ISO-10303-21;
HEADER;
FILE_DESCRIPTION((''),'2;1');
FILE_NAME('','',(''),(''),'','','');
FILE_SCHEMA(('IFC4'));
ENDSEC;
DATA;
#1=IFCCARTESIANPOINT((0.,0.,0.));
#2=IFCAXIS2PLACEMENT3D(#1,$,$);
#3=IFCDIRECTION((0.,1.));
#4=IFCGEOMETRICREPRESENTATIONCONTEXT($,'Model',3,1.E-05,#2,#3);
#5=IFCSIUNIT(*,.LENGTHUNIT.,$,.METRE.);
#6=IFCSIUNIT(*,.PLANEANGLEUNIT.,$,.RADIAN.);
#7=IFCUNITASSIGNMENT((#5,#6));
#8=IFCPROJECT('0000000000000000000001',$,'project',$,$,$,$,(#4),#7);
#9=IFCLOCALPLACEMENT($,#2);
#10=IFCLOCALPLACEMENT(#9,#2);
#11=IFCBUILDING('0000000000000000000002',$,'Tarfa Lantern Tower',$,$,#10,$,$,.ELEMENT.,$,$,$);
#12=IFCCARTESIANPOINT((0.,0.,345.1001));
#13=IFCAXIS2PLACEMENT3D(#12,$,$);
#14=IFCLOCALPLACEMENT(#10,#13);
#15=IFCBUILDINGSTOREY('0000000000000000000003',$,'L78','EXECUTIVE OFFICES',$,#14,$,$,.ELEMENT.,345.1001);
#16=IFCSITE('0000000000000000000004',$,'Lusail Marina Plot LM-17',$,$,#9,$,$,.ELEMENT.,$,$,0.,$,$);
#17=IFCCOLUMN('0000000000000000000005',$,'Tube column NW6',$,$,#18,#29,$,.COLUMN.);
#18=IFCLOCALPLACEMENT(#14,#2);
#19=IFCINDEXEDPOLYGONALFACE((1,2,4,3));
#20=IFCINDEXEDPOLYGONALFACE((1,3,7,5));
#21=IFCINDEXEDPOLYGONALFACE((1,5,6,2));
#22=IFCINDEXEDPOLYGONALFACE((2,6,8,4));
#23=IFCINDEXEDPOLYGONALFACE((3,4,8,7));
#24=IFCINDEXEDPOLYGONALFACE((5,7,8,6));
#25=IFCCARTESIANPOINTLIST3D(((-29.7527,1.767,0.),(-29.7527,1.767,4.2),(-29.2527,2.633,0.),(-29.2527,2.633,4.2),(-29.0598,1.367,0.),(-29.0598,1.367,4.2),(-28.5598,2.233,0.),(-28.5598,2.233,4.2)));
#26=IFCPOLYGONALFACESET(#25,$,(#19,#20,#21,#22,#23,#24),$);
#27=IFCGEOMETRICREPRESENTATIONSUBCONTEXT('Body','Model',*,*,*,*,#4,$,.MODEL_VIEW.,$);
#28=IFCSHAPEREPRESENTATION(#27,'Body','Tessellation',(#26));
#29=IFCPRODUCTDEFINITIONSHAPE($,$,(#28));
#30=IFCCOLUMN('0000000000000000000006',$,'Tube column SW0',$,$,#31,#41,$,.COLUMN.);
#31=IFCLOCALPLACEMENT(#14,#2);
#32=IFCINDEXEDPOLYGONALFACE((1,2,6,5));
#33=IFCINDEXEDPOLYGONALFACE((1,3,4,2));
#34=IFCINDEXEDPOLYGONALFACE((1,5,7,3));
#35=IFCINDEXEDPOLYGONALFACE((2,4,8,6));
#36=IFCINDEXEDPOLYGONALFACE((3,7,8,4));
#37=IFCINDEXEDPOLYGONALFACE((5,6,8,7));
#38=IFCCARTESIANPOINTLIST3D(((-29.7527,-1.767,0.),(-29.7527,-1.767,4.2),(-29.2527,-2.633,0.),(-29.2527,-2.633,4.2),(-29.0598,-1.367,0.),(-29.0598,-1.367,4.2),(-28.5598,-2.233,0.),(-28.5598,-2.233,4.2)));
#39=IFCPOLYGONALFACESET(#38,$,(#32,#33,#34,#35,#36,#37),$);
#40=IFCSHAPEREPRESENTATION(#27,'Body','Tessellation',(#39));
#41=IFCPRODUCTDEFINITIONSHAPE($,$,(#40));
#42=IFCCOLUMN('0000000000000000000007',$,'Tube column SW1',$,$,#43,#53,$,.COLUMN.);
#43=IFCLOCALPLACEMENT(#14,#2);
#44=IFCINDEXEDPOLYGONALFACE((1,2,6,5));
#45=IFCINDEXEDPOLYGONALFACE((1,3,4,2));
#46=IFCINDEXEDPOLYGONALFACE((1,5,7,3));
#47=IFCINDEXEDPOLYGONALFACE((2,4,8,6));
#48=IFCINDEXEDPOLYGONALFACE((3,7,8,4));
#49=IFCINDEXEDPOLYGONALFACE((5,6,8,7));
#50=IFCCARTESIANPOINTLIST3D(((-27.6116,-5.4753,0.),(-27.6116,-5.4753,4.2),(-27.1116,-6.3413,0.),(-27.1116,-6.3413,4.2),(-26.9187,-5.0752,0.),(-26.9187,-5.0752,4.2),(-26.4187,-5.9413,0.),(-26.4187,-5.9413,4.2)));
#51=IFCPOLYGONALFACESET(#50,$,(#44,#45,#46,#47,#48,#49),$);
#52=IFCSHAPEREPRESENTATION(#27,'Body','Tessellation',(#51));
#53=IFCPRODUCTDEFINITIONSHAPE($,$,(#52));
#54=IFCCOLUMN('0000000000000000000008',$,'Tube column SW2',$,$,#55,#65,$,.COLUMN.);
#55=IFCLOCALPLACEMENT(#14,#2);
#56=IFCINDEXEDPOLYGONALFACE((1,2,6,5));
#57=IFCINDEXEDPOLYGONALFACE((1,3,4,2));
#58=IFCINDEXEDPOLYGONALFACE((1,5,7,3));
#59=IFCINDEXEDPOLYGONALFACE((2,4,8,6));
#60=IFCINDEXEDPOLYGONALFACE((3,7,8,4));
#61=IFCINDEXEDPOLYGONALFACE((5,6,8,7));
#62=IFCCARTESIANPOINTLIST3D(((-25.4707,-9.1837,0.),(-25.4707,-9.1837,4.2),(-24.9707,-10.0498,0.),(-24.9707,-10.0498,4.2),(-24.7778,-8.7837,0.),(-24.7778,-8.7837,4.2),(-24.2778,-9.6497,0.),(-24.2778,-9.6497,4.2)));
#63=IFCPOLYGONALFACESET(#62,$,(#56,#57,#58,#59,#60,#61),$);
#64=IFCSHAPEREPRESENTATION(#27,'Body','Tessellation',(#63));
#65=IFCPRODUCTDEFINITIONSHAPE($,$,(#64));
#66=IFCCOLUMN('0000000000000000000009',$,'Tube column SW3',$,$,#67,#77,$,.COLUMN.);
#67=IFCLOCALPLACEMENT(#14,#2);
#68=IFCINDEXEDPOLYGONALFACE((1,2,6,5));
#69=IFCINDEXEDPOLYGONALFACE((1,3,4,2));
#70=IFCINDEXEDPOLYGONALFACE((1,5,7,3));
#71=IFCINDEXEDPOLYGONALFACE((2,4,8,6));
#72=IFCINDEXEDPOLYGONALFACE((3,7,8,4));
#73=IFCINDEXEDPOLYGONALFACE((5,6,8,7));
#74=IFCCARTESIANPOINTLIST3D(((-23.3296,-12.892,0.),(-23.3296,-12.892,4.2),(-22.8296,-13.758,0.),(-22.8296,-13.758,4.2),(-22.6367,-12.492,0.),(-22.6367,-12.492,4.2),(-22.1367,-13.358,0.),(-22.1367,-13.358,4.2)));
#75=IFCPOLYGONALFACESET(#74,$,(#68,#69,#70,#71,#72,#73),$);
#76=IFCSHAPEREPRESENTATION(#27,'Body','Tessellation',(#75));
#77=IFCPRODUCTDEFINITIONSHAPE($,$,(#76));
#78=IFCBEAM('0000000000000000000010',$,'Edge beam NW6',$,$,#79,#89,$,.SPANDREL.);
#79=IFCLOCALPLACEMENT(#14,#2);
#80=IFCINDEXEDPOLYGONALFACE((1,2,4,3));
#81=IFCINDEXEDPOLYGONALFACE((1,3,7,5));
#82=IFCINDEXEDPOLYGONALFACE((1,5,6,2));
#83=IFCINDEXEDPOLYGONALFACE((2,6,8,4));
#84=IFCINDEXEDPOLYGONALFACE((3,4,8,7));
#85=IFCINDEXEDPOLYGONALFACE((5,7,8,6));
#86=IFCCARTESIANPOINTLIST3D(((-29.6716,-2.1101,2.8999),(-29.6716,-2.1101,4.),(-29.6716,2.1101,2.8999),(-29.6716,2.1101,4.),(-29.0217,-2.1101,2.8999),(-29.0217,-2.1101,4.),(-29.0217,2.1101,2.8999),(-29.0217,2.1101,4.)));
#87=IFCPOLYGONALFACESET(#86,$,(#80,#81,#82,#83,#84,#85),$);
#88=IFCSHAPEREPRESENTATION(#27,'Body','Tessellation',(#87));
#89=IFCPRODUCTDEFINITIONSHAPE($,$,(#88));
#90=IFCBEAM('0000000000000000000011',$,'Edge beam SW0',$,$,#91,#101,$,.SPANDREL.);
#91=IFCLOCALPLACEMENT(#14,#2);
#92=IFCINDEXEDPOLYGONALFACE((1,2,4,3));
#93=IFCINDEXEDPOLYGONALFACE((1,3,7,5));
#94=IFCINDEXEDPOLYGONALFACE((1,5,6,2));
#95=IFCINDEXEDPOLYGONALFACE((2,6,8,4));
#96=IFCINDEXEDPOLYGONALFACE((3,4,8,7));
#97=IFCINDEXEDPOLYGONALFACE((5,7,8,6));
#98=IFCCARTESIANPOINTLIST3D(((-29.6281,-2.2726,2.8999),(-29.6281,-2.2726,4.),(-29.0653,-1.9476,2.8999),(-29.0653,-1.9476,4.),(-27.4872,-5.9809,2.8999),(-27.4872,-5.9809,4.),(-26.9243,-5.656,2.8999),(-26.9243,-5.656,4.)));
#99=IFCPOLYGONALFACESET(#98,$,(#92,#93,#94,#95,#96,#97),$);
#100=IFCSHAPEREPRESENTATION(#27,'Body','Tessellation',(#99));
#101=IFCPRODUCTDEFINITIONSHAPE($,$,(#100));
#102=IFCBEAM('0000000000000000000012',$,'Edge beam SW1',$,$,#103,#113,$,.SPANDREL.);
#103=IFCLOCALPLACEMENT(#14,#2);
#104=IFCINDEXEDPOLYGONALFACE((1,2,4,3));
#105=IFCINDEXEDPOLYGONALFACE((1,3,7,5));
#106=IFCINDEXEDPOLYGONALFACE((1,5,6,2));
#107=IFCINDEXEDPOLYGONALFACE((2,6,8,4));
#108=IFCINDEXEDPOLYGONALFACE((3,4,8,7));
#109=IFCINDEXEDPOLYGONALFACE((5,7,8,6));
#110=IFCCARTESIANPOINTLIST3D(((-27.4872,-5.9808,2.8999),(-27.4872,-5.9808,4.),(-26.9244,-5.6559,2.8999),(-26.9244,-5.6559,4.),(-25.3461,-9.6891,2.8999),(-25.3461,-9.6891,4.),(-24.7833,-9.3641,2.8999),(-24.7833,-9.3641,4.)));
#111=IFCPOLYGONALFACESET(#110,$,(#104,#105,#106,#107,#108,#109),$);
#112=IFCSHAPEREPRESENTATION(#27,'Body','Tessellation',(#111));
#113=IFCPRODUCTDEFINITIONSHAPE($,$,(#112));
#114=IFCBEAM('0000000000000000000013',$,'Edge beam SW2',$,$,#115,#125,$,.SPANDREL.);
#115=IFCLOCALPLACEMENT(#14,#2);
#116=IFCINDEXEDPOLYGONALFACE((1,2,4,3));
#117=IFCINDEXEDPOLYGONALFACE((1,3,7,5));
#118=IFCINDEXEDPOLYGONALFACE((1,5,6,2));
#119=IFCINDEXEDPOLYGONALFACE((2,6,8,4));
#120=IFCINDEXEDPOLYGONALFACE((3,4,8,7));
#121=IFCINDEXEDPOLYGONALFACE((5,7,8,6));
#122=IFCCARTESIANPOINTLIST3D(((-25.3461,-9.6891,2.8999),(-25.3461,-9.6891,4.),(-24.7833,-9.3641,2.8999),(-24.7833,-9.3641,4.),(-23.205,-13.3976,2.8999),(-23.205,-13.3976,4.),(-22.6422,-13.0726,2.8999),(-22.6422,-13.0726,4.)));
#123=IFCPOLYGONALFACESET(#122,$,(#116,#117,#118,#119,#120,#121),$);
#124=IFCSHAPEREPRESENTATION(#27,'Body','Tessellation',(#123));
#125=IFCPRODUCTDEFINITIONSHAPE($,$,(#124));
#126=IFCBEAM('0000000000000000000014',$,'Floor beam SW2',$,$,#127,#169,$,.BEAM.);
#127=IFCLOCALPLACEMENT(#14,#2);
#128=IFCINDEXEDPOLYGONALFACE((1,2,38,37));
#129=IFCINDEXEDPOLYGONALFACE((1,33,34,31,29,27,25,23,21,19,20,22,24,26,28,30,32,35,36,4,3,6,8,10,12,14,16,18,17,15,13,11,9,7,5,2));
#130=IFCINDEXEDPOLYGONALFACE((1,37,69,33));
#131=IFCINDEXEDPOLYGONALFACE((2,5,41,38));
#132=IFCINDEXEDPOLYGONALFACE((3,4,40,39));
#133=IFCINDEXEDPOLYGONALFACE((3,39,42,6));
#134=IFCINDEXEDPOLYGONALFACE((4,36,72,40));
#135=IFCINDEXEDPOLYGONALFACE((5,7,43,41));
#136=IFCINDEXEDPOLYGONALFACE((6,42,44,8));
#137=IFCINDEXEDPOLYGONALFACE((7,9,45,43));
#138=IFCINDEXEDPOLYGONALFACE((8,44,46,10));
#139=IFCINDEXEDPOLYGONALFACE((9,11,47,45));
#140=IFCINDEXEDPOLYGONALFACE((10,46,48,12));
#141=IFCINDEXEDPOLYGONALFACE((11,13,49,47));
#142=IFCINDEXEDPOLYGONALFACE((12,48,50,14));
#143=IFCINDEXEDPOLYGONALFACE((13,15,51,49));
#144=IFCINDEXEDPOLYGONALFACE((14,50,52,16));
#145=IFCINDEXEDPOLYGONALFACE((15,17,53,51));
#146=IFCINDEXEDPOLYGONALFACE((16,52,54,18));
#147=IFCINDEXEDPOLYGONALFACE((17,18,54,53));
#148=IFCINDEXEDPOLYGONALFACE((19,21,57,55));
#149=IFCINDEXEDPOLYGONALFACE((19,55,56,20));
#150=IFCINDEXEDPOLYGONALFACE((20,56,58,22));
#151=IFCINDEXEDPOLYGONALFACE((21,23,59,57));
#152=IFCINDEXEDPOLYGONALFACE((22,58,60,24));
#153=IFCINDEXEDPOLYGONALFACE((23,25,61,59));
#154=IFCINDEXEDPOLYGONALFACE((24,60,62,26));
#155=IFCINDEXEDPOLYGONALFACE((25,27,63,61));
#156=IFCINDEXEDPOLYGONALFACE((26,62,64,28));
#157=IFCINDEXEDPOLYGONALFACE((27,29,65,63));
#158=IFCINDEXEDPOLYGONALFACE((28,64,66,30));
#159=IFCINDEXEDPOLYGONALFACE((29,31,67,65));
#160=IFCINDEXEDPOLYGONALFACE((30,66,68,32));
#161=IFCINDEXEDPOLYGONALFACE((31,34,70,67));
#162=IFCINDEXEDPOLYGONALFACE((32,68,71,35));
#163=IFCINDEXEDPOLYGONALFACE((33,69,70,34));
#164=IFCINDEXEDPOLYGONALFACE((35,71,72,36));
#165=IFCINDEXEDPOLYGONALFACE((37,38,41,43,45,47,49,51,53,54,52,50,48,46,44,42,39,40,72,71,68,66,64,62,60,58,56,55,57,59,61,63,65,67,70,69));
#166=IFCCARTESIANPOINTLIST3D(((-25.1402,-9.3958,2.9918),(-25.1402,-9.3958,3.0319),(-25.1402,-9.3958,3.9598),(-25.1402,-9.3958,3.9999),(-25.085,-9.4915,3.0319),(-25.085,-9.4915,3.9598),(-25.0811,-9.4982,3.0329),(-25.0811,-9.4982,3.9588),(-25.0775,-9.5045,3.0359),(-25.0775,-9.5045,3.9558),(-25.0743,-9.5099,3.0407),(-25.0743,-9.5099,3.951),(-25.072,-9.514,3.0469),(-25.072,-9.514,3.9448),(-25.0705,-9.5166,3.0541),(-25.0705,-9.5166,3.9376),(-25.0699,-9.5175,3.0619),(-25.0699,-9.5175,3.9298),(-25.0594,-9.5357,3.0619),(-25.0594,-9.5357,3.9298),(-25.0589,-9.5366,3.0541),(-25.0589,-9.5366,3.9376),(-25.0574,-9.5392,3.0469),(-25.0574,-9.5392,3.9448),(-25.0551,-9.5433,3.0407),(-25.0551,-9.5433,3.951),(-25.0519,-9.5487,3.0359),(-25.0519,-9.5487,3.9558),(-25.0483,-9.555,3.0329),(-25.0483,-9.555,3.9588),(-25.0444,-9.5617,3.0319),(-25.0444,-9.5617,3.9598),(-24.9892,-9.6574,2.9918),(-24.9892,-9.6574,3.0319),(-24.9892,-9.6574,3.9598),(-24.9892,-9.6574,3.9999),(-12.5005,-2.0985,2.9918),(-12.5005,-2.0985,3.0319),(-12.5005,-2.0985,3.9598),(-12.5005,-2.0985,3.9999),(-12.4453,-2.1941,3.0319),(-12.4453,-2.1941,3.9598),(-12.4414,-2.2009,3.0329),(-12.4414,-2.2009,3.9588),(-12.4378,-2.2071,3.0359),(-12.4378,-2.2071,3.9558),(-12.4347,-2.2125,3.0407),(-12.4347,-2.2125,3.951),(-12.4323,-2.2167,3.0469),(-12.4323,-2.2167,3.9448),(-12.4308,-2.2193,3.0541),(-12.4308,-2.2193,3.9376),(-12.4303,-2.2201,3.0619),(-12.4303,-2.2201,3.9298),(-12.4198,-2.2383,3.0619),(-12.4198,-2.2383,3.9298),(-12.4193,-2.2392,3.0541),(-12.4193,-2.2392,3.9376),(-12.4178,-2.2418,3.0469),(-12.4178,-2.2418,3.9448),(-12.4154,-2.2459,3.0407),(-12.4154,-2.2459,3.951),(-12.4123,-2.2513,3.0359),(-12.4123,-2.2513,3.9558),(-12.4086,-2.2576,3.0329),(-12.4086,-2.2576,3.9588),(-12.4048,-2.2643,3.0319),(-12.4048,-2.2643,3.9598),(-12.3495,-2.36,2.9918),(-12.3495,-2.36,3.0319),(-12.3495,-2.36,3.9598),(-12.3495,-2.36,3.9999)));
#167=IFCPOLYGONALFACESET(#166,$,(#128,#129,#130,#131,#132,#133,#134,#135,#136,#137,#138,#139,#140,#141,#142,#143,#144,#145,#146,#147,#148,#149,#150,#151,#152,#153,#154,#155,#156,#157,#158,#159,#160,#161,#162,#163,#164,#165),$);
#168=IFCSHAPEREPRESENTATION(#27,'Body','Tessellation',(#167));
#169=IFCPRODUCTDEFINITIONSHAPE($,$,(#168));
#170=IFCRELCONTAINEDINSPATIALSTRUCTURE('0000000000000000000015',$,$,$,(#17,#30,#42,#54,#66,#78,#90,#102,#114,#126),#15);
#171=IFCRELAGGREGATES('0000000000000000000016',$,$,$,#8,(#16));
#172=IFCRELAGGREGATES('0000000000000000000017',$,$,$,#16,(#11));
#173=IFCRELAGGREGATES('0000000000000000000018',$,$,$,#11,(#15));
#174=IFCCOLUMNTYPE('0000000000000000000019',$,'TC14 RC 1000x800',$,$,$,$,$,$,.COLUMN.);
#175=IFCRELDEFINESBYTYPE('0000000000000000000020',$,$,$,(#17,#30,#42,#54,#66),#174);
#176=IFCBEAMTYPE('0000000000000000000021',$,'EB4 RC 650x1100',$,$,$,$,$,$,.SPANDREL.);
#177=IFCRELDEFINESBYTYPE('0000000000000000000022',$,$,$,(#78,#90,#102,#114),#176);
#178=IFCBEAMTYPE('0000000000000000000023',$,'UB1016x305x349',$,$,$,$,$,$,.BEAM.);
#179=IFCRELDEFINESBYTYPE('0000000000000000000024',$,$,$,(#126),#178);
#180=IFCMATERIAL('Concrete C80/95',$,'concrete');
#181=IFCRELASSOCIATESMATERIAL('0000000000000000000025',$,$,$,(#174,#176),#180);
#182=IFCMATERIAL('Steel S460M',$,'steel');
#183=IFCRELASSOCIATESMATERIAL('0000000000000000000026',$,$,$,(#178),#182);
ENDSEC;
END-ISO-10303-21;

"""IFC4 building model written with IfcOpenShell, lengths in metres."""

from ifc_helpers import new_model, si_unit, direction, frame, origin, origin_2d, place, context, subcontext, project, spatial, rectangle, i_section, extrude, material, material_profile, profile_set, type_object, element, save


model = new_model("IFC4")

# Units and contexts
model_context = context("Model", 3, precision=1e-05, world=origin(), true_north=direction((0.0, 1.0)))
body_context = subcontext(model_context, "Body", "Model", "MODEL_VIEW")
ifc_project = project(units=[si_unit("LENGTHUNIT", "METRE"), si_unit("PLANEANGLEUNIT", "RADIAN")], contexts=[model_context])

# Site, building, storey
site_placement = place(None, origin())
site = spatial("IfcSite", under=ifc_project, at=site_placement, Name="Lusail Marina Plot LM-17", CompositionType="ELEMENT", RefElevation=0.0)
building_placement = place(site_placement, origin())
building = spatial("IfcBuilding", under=site, at=building_placement, Name="Tarfa Lantern Tower", CompositionType="ELEMENT")
storey_placement = place(building_placement, frame((0.0, 0.0, 345.1001)))
storey = spatial("IfcBuildingStorey", under=building, at=storey_placement, Name="L78", Description="EXECUTIVE OFFICES", CompositionType="ELEMENT", Elevation=345.1001)

# Columns
ifc_material_1 = material(Name="Concrete C80/95", Category="concrete")
ifc_material_profile_1 = material_profile(ifc_material_1, rectangle(XDim=1.0, YDim=0.8, at=origin_2d()), Name="RC 1000x800")
ifc_profile_set_1 = profile_set([ifc_material_profile_1], Name="Concrete C80/95")
column_type = type_object("IfcColumnType", Name="TC14 RC 1000x800", PredefinedType="COLUMN", material=ifc_profile_set_1)
for number, where, z_axis, x_axis, name in (
    (1, (-29.1562, 2.0, 0.0), (0.0, 0.0, 1.0), (-0.5, -0.866025, 0.0), "Tube column NW6"),
    (2, (-29.1562, -2.0, 0.0), (0.0, 0.0, 1.0), (0.5, -0.866025, 0.0), "Tube column SW0"),
    (3, (-27.0151, -5.7083, 0.0), (0.0, 0.0, 1.0), (0.5, -0.866025, 0.0), "Tube column SW1"),
    (4, (-24.8743, -9.4167, 0.0), (0.0, 0.0, 1.0), (0.5, -0.866025, 0.0), "Tube column SW2"),
    (5, (-22.7332, -13.125, 0.0), (0.0, 0.0, 1.0), (0.5, -0.866025, 0.0), "Tube column SW3"),
):
    element("IfcColumn", number, at=place(storey_placement, frame(where, z_axis=z_axis, x_axis=x_axis)), inside=storey, type_object=column_type, Name=name, PredefinedType="COLUMN", context=body_context, shape_type="SweptSolid", body=[
        extrude(rectangle(XDim=1.0, YDim=0.8, at=origin_2d()), origin(), (0.0, 0.0, 1.0), 4.2),
    ])

# Beams
ifc_material_profile_2 = material_profile(ifc_material_1, rectangle(XDim=0.6499, YDim=1.1001, at=origin_2d()), Name="RC 650x1100")
ifc_profile_set_2 = profile_set([ifc_material_profile_2], Name="Concrete C80/95")
beam_type_1 = type_object("IfcBeamType", Name="EB4 RC 650x1100", PredefinedType="SPANDREL", material=ifc_profile_set_2)
beam_1_placement = place(storey_placement, frame((-29.3467, 2.1101, 3.45), z_axis=(0.0, -1.0, 0.0), x_axis=(1.0, 0.0, 0.0)))
element("IfcBeam", 6, at=beam_1_placement, inside=storey, type_object=beam_type_1, Name="Edge beam NW6", PredefinedType="SPANDREL", context=body_context, shape_type="SweptSolid", body=[
    extrude(rectangle(XDim=0.6499, YDim=1.1001, at=origin_2d()), origin(), (0.0, 0.0, 1.0), 4.2202),
])
for number, where, z_axis, x_axis, name in (
    (7, (-29.3467, -2.1101, 3.45), (0.499984, -0.866035, 0.0), (0.866035, 0.499984, 0.0), "Edge beam SW0"),
    (8, (-27.2058, -5.8184, 3.45), (0.500027, -0.86601, 0.0), (0.86601, 0.500027, 0.0), "Edge beam SW1"),
):
    element("IfcBeam", number, at=place(storey_placement, frame(where, z_axis=z_axis, x_axis=x_axis)), inside=storey, type_object=beam_type_1, Name=name, PredefinedType="SPANDREL", context=body_context, shape_type="SweptSolid", body=[
        extrude(rectangle(XDim=0.6499, YDim=1.1001, at=origin_2d()), origin(), (0.0, 0.0, 1.0), 4.282),
    ])
beam_2_placement = place(storey_placement, frame((-25.0647, -9.5266, 3.45), z_axis=(0.500002, -0.866024, 0.0), x_axis=(0.866024, 0.500002, 0.0)))
element("IfcBeam", 9, at=beam_2_placement, inside=storey, type_object=beam_type_1, Name="Edge beam SW2", PredefinedType="SPANDREL", context=body_context, shape_type="SweptSolid", body=[
    extrude(rectangle(XDim=0.6499, YDim=1.1001, at=origin_2d()), origin(), (0.0, 0.0, 1.0), 4.2822),
])
ifc_material_2 = material(Name="Steel S460M", Category="steel")
ifc_material_profile_3 = material_profile(ifc_material_2, i_section(OverallWidth=0.302, OverallDepth=1.0081, WebThickness=0.021, FlangeThickness=0.04, FilletRadius=0.03, at=origin_2d()), Name="UB1016x305x349")
ifc_profile_set_3 = profile_set([ifc_material_profile_3], Name="Steel S460M")
beam_type_2 = type_object("IfcBeamType", Name="UB1016x305x349", PredefinedType="BEAM", material=ifc_profile_set_3)
beam_3_placement = place(storey_placement, frame((-25.0647, -9.5266, 3.4958), z_axis=(0.86603, 0.499993, 0.0), x_axis=(-0.499993, 0.86603, 0.0)))
element("IfcBeam", 10, at=beam_3_placement, inside=storey, type_object=beam_type_2, Name="Floor beam SW2", PredefinedType="BEAM", context=body_context, shape_type="SweptSolid", body=[
    extrude(i_section(OverallWidth=0.302, OverallDepth=1.0081, WebThickness=0.021, FlangeThickness=0.04, FilletRadius=0.03, at=origin_2d()), origin(), (0.0, 0.0, 1.0), 14.595),
])

save(model, "model.ifc")
